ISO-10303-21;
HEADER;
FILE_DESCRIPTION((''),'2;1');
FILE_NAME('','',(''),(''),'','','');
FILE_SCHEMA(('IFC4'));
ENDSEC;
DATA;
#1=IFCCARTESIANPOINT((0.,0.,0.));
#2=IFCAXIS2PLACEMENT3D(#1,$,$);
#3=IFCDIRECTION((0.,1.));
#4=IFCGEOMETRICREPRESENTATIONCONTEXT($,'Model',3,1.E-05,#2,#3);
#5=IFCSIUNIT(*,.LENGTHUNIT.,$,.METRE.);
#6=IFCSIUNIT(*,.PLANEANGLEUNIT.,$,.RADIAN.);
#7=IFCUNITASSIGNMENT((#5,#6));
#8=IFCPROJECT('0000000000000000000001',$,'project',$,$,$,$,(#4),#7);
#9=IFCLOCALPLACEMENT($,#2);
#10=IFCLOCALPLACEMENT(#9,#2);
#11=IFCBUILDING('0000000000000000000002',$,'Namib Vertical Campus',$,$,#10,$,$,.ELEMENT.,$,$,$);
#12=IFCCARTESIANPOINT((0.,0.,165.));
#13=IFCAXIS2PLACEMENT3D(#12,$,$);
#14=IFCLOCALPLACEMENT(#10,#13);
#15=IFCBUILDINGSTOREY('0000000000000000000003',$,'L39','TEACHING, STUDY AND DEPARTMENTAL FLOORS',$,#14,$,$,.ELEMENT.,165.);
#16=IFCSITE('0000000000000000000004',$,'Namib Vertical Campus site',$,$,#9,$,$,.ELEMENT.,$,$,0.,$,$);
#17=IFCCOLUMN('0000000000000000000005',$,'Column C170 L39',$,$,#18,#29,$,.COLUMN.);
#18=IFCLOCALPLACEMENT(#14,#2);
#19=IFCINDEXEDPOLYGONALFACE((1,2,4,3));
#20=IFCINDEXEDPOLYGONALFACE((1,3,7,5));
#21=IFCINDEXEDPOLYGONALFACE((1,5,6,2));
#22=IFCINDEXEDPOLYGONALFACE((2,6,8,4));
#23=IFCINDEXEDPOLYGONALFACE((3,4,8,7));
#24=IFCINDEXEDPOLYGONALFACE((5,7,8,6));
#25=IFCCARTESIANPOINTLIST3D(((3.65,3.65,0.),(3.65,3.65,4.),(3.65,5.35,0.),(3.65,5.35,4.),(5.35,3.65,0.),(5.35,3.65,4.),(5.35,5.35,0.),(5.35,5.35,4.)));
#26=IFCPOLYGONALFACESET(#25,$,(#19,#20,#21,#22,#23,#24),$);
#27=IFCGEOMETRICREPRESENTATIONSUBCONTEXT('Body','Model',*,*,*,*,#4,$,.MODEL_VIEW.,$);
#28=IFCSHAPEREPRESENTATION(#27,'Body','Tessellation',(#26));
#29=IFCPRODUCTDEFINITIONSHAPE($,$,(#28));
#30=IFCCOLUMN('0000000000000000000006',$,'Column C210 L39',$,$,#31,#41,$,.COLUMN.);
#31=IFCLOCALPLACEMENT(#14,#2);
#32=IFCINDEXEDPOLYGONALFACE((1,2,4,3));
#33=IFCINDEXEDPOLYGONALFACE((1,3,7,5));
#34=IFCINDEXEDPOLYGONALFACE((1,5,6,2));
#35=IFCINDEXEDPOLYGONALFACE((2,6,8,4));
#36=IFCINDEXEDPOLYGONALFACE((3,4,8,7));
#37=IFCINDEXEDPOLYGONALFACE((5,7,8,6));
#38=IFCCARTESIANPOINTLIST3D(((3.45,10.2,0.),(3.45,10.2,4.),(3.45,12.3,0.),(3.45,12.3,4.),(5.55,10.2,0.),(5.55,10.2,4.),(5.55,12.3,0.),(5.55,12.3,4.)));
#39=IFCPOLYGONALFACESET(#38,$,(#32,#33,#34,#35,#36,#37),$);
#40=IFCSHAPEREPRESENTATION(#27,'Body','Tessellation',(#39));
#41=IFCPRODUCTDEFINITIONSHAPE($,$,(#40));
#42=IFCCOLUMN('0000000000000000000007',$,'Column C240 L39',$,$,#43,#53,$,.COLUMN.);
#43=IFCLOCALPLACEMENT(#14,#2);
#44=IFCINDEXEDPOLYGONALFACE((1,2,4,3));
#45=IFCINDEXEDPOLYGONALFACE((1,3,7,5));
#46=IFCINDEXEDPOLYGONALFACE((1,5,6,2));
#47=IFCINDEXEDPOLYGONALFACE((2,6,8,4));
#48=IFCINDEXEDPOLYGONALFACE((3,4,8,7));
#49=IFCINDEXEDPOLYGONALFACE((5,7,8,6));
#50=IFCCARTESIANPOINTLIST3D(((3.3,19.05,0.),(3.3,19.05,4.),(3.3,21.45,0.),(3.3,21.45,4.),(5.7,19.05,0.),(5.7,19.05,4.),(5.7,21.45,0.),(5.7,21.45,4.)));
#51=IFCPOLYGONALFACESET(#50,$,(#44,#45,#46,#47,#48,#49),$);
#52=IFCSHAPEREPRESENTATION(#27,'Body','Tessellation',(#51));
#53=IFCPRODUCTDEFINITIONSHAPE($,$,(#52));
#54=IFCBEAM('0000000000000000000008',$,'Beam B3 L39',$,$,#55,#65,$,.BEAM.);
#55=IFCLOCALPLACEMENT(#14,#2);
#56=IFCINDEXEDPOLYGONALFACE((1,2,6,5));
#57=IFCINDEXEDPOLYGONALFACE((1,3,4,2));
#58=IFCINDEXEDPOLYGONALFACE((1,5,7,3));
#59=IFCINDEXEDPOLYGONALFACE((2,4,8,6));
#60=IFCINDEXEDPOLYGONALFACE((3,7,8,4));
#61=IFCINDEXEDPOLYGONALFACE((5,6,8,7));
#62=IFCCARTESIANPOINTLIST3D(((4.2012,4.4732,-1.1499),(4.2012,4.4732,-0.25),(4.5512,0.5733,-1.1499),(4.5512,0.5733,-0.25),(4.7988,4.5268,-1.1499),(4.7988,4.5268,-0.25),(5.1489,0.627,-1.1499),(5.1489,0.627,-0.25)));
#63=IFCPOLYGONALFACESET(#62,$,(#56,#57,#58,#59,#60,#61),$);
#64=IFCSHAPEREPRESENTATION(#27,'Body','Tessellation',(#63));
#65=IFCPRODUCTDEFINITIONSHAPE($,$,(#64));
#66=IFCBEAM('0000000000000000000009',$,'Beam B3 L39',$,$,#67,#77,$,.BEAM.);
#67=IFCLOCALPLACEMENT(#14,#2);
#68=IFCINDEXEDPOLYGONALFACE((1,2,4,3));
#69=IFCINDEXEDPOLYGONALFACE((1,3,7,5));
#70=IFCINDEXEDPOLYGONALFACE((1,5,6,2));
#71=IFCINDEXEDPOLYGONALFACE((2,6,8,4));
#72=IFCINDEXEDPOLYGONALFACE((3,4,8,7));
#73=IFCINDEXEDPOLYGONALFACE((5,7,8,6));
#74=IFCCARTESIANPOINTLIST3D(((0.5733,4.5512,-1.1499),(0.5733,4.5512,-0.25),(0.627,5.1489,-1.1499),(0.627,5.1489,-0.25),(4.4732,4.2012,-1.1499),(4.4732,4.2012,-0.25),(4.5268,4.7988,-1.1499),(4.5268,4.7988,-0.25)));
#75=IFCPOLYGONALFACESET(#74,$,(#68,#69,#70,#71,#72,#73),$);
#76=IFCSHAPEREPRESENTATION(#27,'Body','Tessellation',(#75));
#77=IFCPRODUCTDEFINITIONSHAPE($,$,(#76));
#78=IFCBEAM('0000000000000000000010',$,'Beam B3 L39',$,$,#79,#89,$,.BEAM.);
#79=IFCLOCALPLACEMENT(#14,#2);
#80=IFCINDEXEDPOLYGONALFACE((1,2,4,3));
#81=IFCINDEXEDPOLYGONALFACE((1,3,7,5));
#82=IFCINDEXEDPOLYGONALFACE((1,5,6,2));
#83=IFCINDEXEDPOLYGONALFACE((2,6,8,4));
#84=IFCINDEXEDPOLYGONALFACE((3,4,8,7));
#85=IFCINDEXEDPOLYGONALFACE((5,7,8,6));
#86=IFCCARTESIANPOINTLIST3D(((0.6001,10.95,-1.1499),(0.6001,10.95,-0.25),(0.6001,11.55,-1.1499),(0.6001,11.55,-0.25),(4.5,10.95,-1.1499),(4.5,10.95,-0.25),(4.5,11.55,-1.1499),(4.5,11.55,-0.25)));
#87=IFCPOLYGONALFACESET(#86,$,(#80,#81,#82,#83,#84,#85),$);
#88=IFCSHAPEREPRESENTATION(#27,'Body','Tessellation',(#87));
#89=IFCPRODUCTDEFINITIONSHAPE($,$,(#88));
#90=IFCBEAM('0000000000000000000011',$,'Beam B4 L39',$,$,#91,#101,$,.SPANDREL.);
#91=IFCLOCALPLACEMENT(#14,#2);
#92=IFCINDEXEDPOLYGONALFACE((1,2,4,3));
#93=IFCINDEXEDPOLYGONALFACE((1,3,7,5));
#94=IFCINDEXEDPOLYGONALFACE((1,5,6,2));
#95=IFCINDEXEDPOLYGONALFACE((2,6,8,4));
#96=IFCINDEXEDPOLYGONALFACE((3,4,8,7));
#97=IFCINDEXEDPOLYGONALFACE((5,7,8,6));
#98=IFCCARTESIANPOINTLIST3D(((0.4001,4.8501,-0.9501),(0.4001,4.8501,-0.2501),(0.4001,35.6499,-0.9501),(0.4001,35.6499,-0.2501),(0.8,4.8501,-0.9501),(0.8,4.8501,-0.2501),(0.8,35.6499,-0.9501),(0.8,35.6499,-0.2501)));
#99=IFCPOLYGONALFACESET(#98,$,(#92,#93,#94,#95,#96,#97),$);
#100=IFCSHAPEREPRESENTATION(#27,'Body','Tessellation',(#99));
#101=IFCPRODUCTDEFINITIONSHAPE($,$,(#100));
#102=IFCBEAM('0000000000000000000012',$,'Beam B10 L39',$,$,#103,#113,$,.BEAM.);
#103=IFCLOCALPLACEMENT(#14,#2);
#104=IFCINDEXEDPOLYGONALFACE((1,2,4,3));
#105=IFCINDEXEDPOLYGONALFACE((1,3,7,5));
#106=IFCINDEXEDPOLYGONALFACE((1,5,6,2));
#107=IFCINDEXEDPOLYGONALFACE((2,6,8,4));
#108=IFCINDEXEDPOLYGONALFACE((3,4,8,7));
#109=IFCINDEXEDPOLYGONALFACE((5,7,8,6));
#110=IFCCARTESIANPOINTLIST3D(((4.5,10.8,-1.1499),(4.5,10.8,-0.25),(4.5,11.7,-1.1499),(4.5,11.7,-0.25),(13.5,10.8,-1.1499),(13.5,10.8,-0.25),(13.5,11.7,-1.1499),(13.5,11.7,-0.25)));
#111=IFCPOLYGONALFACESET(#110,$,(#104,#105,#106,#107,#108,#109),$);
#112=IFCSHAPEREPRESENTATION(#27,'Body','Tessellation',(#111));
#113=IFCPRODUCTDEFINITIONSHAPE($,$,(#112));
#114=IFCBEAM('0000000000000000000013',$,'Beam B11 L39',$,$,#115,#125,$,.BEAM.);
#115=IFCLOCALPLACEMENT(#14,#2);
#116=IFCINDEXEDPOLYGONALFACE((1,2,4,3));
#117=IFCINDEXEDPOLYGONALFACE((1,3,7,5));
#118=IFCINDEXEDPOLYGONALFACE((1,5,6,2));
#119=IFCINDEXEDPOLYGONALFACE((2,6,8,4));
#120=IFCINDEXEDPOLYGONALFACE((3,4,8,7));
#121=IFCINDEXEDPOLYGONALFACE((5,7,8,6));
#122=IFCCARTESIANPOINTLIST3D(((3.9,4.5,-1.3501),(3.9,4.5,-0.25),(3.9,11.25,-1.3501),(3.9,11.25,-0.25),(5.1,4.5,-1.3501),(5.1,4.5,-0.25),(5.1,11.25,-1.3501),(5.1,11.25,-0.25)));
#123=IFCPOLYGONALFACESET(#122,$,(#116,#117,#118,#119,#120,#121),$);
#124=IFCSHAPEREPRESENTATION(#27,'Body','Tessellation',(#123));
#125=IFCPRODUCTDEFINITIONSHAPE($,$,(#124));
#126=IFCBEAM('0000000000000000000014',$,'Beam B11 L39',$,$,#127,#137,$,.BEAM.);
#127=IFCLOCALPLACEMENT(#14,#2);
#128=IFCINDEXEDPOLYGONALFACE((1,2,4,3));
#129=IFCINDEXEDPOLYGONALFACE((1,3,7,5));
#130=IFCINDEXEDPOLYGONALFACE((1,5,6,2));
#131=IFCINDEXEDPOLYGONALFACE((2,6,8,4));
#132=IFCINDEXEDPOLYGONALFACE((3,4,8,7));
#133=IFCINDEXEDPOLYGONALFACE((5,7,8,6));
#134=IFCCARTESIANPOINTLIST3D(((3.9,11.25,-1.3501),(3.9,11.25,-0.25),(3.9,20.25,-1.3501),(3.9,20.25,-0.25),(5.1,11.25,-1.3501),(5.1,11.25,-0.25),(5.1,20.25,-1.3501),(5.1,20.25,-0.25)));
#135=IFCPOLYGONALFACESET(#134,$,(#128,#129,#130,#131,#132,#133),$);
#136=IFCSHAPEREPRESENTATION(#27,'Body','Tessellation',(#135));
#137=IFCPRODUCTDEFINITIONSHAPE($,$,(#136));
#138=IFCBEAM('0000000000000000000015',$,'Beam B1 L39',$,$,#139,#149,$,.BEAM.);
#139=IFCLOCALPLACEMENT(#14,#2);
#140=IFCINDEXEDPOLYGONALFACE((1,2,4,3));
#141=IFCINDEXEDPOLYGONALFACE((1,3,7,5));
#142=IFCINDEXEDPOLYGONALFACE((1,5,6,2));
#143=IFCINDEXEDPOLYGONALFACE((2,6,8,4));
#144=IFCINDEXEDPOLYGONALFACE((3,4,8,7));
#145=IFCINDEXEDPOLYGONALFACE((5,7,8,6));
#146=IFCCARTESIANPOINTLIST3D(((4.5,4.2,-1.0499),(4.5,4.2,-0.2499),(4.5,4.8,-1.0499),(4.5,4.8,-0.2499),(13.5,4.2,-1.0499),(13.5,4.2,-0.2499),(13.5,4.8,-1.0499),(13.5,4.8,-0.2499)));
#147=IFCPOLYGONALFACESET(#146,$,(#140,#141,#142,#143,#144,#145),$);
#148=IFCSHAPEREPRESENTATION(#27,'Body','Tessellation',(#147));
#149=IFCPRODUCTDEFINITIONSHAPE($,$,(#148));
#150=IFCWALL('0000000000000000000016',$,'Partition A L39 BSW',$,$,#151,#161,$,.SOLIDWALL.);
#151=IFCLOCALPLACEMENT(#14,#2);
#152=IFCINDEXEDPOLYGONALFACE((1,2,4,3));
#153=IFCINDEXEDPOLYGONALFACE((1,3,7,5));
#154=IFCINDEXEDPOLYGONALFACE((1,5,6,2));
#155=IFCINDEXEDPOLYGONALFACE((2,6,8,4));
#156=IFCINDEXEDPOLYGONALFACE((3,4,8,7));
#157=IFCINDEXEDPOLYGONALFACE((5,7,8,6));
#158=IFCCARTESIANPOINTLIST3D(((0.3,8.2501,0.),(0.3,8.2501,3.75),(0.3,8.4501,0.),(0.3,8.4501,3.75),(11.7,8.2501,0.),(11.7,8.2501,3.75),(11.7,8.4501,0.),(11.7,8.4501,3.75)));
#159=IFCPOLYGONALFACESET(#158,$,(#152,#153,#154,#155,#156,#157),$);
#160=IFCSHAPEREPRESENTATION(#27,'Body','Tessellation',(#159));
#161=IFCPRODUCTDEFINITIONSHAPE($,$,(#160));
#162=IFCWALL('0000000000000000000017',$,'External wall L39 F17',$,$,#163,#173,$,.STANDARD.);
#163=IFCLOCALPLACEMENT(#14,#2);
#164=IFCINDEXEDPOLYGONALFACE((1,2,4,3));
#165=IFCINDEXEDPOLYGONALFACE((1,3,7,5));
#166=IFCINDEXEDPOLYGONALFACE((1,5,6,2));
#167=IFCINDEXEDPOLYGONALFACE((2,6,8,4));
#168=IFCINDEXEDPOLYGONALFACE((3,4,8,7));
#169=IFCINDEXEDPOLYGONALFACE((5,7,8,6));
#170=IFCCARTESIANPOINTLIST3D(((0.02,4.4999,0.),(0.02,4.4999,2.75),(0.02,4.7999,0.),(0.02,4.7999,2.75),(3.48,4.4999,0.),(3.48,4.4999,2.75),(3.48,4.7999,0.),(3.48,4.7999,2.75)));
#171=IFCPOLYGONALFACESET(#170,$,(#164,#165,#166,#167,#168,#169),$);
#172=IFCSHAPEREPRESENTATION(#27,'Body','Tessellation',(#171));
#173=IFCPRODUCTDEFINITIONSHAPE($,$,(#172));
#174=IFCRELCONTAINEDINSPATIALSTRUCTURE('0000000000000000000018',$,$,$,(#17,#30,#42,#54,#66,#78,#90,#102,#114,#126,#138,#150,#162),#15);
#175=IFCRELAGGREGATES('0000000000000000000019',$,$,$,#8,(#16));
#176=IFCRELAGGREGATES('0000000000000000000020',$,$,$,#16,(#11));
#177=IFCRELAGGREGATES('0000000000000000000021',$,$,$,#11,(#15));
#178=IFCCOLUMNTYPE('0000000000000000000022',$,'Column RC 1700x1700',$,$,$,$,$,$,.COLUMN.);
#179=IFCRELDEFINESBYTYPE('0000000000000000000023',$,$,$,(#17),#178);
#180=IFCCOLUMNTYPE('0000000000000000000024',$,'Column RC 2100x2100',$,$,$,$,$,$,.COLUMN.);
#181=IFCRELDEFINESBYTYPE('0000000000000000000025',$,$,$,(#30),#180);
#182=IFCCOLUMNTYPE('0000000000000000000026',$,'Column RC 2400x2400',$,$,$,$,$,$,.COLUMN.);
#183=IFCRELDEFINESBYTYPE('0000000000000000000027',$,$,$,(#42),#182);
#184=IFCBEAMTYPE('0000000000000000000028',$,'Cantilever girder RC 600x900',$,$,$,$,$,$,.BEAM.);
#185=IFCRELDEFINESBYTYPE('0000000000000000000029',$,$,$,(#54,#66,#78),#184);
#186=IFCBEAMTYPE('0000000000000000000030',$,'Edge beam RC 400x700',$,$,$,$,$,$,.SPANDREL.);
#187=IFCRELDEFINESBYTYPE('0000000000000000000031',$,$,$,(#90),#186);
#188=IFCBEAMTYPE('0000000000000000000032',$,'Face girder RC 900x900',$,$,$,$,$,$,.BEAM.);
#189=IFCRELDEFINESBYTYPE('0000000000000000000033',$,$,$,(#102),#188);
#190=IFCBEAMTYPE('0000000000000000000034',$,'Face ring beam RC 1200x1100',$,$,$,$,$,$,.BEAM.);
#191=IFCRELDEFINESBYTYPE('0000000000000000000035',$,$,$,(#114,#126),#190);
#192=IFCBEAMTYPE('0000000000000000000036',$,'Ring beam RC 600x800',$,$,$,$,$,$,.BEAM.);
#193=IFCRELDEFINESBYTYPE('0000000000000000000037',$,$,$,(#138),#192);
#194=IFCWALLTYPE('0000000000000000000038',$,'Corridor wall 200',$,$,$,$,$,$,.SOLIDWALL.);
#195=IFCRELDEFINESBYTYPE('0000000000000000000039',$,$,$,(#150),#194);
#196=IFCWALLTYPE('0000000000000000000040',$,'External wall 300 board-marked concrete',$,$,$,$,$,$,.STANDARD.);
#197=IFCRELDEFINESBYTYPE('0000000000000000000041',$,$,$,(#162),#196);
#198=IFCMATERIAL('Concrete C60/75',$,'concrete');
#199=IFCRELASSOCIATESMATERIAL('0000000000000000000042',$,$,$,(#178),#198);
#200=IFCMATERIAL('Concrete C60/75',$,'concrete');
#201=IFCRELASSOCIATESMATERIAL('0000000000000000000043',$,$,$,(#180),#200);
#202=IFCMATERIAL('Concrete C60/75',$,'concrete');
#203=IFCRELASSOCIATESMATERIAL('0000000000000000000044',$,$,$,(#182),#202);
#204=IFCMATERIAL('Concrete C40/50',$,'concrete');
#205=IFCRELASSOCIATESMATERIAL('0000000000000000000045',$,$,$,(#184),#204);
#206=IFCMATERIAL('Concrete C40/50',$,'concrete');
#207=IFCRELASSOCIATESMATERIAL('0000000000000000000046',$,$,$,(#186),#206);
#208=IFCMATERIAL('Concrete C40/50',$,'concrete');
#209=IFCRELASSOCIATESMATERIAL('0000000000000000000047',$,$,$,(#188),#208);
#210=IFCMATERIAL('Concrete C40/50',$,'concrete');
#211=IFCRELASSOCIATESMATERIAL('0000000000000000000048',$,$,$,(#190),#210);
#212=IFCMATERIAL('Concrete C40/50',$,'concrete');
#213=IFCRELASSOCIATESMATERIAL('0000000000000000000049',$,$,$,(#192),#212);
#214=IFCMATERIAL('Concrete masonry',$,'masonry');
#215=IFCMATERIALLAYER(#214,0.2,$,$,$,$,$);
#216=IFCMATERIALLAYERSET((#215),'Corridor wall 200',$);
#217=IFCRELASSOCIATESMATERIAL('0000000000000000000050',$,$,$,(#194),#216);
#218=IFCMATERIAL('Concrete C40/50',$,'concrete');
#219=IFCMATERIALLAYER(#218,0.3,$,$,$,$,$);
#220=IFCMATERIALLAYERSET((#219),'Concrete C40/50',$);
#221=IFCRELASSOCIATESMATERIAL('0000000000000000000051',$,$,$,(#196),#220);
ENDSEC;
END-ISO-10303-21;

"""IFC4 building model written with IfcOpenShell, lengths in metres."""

from ifc_helpers import new_model, si_unit, direction, frame, frame_2d, origin, origin_2d, place, context, subcontext, project, spatial, rectangle, extrude, material, layer, layer_set, material_profile, profile_set, type_object, element, save


model = new_model("IFC4")

# Units and contexts
model_context = context("Model", 3, precision=1e-05, world=origin(), true_north=direction((0.0, 1.0)))
body_context = subcontext(model_context, "Body", "Model", "MODEL_VIEW")
ifc_project = project(units=[si_unit("LENGTHUNIT", "METRE"), si_unit("PLANEANGLEUNIT", "RADIAN")], contexts=[model_context])

# Site, building, storey
site_placement = place(None, origin())
site = spatial("IfcSite", under=ifc_project, at=site_placement, Name="Namib Vertical Campus site", CompositionType="ELEMENT", RefElevation=0.0)
building_placement = place(site_placement, origin())
building = spatial("IfcBuilding", under=site, at=building_placement, Name="Namib Vertical Campus", CompositionType="ELEMENT")
storey_placement = place(building_placement, frame((0.0, 0.0, 165.0)))
storey = spatial("IfcBuildingStorey", under=building, at=storey_placement, Name="L39", Description="TEACHING, STUDY AND DEPARTMENTAL FLOORS", CompositionType="ELEMENT", Elevation=165.0)

# Columns
ifc_material_1 = material(Name="Concrete C60/75", Category="concrete")
ifc_material_profile_1 = material_profile(ifc_material_1, rectangle(XDim=1.7, YDim=1.7, at=origin_2d()))
ifc_profile_set_1 = profile_set([ifc_material_profile_1], Name="Concrete C60/75")
column_type_1 = type_object("IfcColumnType", Name="Column RC 1700x1700", PredefinedType="COLUMN", material=ifc_profile_set_1)
column_1_placement = place(storey_placement, frame((4.5, 4.5, 0.0), z_axis=(0.0, 0.0, 1.0), x_axis=(1.0, 0.0, 0.0)))
element("IfcColumn", 1, at=column_1_placement, inside=storey, type_object=column_type_1, Name="Column C170 L39", PredefinedType="COLUMN", context=body_context, shape_type="SweptSolid", body=[
    extrude(rectangle(XDim=1.7, YDim=1.7, at=origin_2d()), origin(), (0.0, 0.0, 1.0), 4.0),
])
ifc_material_2 = material(Name="Concrete C60/75", Category="concrete")
ifc_material_profile_2 = material_profile(ifc_material_2, rectangle(XDim=2.1001, YDim=2.1001, at=origin_2d()))
ifc_profile_set_2 = profile_set([ifc_material_profile_2], Name="Concrete C60/75")
column_type_2 = type_object("IfcColumnType", Name="Column RC 2100x2100", PredefinedType="COLUMN", material=ifc_profile_set_2)
column_2_placement = place(storey_placement, frame((4.5, 11.25, 0.0), z_axis=(0.0, 0.0, 1.0), x_axis=(1.0, 0.0, 0.0)))
element("IfcColumn", 2, at=column_2_placement, inside=storey, type_object=column_type_2, Name="Column C210 L39", PredefinedType="COLUMN", context=body_context, shape_type="SweptSolid", body=[
    extrude(rectangle(XDim=2.1001, YDim=2.1001, at=origin_2d()), origin(), (0.0, 0.0, 1.0), 4.0),
])
ifc_material_3 = material(Name="Concrete C60/75", Category="concrete")
ifc_material_profile_3 = material_profile(ifc_material_3, rectangle(XDim=2.3999, YDim=2.3999, at=origin_2d()))
ifc_profile_set_3 = profile_set([ifc_material_profile_3], Name="Concrete C60/75")
column_type_3 = type_object("IfcColumnType", Name="Column RC 2400x2400", PredefinedType="COLUMN", material=ifc_profile_set_3)
column_3_placement = place(storey_placement, frame((4.5, 20.25, 0.0), z_axis=(0.0, 0.0, 1.0), x_axis=(1.0, 0.0, 0.0)))
element("IfcColumn", 3, at=column_3_placement, inside=storey, type_object=column_type_3, Name="Column C240 L39", PredefinedType="COLUMN", context=body_context, shape_type="SweptSolid", body=[
    extrude(rectangle(XDim=2.3999, YDim=2.3999, at=origin_2d()), origin(), (0.0, 0.0, 1.0), 4.0),
])

# Beams
ifc_material_4 = material(Name="Concrete C40/50", Category="concrete")
ifc_material_profile_4 = material_profile(ifc_material_4, rectangle(XDim=0.6001, YDim=0.8999, at=origin_2d()))
ifc_profile_set_4 = profile_set([ifc_material_profile_4], Name="Concrete C40/50")
beam_type_1 = type_object("IfcBeamType", Name="Cantilever girder RC 600x900", PredefinedType="BEAM", material=ifc_profile_set_4)
for number, where, z_axis, x_axis, name in (
    (4, (4.5, 4.5, -0.7), (0.089411, -0.995995, 0.0), (0.995995, 0.089411, 0.0), "Beam B3 L39"),
    (5, (4.5, 4.5, -0.7), (-0.995995, 0.089411, 0.0), (-0.089411, -0.995995, 0.0), "Beam B3 L39"),
):
    element("IfcBeam", number, at=place(storey_placement, frame(where, z_axis=z_axis, x_axis=x_axis)), inside=storey, type_object=beam_type_1, Name=name, PredefinedType="BEAM", context=body_context, shape_type="SweptSolid", body=[
        extrude(rectangle(XDim=0.6001, YDim=0.8999, at=origin_2d()), origin(), (0.0, 0.0, 1.0), 3.9155),
    ])
beam_1_placement = place(storey_placement, frame((4.5, 11.25, -0.7), z_axis=(-1.0, 0.0, 0.0), x_axis=(0.0, -1.0, 0.0)))
element("IfcBeam", 6, at=beam_1_placement, inside=storey, type_object=beam_type_1, Name="Beam B3 L39", PredefinedType="BEAM", context=body_context, shape_type="SweptSolid", body=[
    extrude(rectangle(XDim=0.6001, YDim=0.8999, at=origin_2d()), origin(), (0.0, 0.0, 1.0), 3.8999),
])
ifc_material_5 = material(Name="Concrete C40/50", Category="concrete")
ifc_material_profile_5 = material_profile(ifc_material_5, rectangle(XDim=0.3999, YDim=0.7, at=origin_2d()))
ifc_profile_set_5 = profile_set([ifc_material_profile_5], Name="Concrete C40/50")
beam_type_2 = type_object("IfcBeamType", Name="Edge beam RC 400x700", PredefinedType="SPANDREL", material=ifc_profile_set_5)
beam_2_placement = place(storey_placement, frame((0.6001, 4.8501, -0.6001), z_axis=(0.0, 1.0, 0.0), x_axis=(-1.0, 0.0, 0.0)))
element("IfcBeam", 7, at=beam_2_placement, inside=storey, type_object=beam_type_2, Name="Beam B4 L39", PredefinedType="SPANDREL", context=body_context, shape_type="SweptSolid", body=[
    extrude(rectangle(XDim=0.3999, YDim=0.7, at=origin_2d()), origin(), (0.0, 0.0, 1.0), 30.7998),
])
ifc_material_6 = material(Name="Concrete C40/50", Category="concrete")
ifc_material_profile_6 = material_profile(ifc_material_6, rectangle(XDim=0.8999, YDim=0.8999, at=origin_2d()))
ifc_profile_set_6 = profile_set([ifc_material_profile_6], Name="Concrete C40/50")
beam_type_3 = type_object("IfcBeamType", Name="Face girder RC 900x900", PredefinedType="BEAM", material=ifc_profile_set_6)
beam_3_placement = place(storey_placement, frame((4.5, 11.25, -0.7), z_axis=(1.0, 0.0, 0.0), x_axis=(0.0, 1.0, 0.0)))
element("IfcBeam", 8, at=beam_3_placement, inside=storey, type_object=beam_type_3, Name="Beam B10 L39", PredefinedType="BEAM", context=body_context, shape_type="SweptSolid", body=[
    extrude(rectangle(XDim=0.8999, YDim=0.8999, at=origin_2d()), origin(), (0.0, 0.0, 1.0), 9.0),
])
ifc_material_7 = material(Name="Concrete C40/50", Category="concrete")
ifc_material_profile_7 = material_profile(ifc_material_7, rectangle(XDim=1.2, YDim=1.1001, at=origin_2d()))
ifc_profile_set_7 = profile_set([ifc_material_profile_7], Name="Concrete C40/50")
beam_type_4 = type_object("IfcBeamType", Name="Face ring beam RC 1200x1100", PredefinedType="BEAM", material=ifc_profile_set_7)
beam_4_placement = place(storey_placement, frame((4.5, 4.5, -0.8), z_axis=(0.0, 1.0, 0.0), x_axis=(-1.0, 0.0, 0.0)))
element("IfcBeam", 9, at=beam_4_placement, inside=storey, type_object=beam_type_4, Name="Beam B11 L39", PredefinedType="BEAM", context=body_context, shape_type="SweptSolid", body=[
    extrude(rectangle(XDim=1.2, YDim=1.1001, at=origin_2d()), origin(), (0.0, 0.0, 1.0), 6.75),
])
beam_5_placement = place(storey_placement, frame((4.5, 11.25, -0.8), z_axis=(0.0, 1.0, 0.0), x_axis=(-1.0, 0.0, 0.0)))
element("IfcBeam", 10, at=beam_5_placement, inside=storey, type_object=beam_type_4, Name="Beam B11 L39", PredefinedType="BEAM", context=body_context, shape_type="SweptSolid", body=[
    extrude(rectangle(XDim=1.2, YDim=1.1001, at=origin_2d()), origin(), (0.0, 0.0, 1.0), 9.0),
])
ifc_material_8 = material(Name="Concrete C40/50", Category="concrete")
ifc_material_profile_8 = material_profile(ifc_material_8, rectangle(XDim=0.6001, YDim=0.8, at=origin_2d()))
ifc_profile_set_8 = profile_set([ifc_material_profile_8], Name="Concrete C40/50")
beam_type_5 = type_object("IfcBeamType", Name="Ring beam RC 600x800", PredefinedType="BEAM", material=ifc_profile_set_8)
beam_6_placement = place(storey_placement, frame((4.5, 4.5, -0.6499), z_axis=(1.0, 0.0, 0.0), x_axis=(0.0, 1.0, 0.0)))
element("IfcBeam", 11, at=beam_6_placement, inside=storey, type_object=beam_type_5, Name="Beam B1 L39", PredefinedType="BEAM", context=body_context, shape_type="SweptSolid", body=[
    extrude(rectangle(XDim=0.6001, YDim=0.8, at=origin_2d()), origin(), (0.0, 0.0, 1.0), 9.0),
])

# Walls
ifc_material_9 = material(Name="Concrete masonry", Category="masonry")
ifc_layer_1 = layer(ifc_material_9, 0.2)
ifc_layer_set_1 = layer_set([ifc_layer_1], Name="Corridor wall 200")
wall_type_1 = type_object("IfcWallType", Name="Corridor wall 200", PredefinedType="SOLIDWALL", material=ifc_layer_set_1)
wall_1_placement = place(storey_placement, frame((0.3, 8.3501, 0.0), z_axis=(0.0, 0.0, 1.0), x_axis=(1.0, 0.0, 0.0)))
element("IfcWall", 12, at=wall_1_placement, inside=storey, type_object=wall_type_1, Name="Partition A L39 BSW", PredefinedType="SOLIDWALL", context=body_context, shape_type="SweptSolid", body=[
    extrude(rectangle(XDim=11.3999, YDim=0.2, at=frame_2d((5.7, 0.0))), origin(), (0.0, 0.0, 1.0), 3.75),
])
ifc_material_10 = material(Name="Concrete C40/50", Category="concrete")
ifc_layer_2 = layer(ifc_material_10, 0.3)
ifc_layer_set_2 = layer_set([ifc_layer_2], Name="Concrete C40/50")
wall_type_2 = type_object("IfcWallType", Name="External wall 300 board-marked concrete", PredefinedType="STANDARD", material=ifc_layer_set_2)
wall_2_placement = place(storey_placement, frame((0.02, 4.6499, 0.0), z_axis=(0.0, 0.0, 1.0), x_axis=(1.0, 0.0, 0.0)))
element("IfcWall", 13, at=wall_2_placement, inside=storey, type_object=wall_type_2, Name="External wall L39 F17", PredefinedType="STANDARD", context=body_context, shape_type="SweptSolid", body=[
    extrude(rectangle(XDim=3.46, YDim=0.3, at=frame_2d((1.73, 0.0))), origin(), (0.0, 0.0, 1.0), 2.75),
])

save(model, "model.ifc")
